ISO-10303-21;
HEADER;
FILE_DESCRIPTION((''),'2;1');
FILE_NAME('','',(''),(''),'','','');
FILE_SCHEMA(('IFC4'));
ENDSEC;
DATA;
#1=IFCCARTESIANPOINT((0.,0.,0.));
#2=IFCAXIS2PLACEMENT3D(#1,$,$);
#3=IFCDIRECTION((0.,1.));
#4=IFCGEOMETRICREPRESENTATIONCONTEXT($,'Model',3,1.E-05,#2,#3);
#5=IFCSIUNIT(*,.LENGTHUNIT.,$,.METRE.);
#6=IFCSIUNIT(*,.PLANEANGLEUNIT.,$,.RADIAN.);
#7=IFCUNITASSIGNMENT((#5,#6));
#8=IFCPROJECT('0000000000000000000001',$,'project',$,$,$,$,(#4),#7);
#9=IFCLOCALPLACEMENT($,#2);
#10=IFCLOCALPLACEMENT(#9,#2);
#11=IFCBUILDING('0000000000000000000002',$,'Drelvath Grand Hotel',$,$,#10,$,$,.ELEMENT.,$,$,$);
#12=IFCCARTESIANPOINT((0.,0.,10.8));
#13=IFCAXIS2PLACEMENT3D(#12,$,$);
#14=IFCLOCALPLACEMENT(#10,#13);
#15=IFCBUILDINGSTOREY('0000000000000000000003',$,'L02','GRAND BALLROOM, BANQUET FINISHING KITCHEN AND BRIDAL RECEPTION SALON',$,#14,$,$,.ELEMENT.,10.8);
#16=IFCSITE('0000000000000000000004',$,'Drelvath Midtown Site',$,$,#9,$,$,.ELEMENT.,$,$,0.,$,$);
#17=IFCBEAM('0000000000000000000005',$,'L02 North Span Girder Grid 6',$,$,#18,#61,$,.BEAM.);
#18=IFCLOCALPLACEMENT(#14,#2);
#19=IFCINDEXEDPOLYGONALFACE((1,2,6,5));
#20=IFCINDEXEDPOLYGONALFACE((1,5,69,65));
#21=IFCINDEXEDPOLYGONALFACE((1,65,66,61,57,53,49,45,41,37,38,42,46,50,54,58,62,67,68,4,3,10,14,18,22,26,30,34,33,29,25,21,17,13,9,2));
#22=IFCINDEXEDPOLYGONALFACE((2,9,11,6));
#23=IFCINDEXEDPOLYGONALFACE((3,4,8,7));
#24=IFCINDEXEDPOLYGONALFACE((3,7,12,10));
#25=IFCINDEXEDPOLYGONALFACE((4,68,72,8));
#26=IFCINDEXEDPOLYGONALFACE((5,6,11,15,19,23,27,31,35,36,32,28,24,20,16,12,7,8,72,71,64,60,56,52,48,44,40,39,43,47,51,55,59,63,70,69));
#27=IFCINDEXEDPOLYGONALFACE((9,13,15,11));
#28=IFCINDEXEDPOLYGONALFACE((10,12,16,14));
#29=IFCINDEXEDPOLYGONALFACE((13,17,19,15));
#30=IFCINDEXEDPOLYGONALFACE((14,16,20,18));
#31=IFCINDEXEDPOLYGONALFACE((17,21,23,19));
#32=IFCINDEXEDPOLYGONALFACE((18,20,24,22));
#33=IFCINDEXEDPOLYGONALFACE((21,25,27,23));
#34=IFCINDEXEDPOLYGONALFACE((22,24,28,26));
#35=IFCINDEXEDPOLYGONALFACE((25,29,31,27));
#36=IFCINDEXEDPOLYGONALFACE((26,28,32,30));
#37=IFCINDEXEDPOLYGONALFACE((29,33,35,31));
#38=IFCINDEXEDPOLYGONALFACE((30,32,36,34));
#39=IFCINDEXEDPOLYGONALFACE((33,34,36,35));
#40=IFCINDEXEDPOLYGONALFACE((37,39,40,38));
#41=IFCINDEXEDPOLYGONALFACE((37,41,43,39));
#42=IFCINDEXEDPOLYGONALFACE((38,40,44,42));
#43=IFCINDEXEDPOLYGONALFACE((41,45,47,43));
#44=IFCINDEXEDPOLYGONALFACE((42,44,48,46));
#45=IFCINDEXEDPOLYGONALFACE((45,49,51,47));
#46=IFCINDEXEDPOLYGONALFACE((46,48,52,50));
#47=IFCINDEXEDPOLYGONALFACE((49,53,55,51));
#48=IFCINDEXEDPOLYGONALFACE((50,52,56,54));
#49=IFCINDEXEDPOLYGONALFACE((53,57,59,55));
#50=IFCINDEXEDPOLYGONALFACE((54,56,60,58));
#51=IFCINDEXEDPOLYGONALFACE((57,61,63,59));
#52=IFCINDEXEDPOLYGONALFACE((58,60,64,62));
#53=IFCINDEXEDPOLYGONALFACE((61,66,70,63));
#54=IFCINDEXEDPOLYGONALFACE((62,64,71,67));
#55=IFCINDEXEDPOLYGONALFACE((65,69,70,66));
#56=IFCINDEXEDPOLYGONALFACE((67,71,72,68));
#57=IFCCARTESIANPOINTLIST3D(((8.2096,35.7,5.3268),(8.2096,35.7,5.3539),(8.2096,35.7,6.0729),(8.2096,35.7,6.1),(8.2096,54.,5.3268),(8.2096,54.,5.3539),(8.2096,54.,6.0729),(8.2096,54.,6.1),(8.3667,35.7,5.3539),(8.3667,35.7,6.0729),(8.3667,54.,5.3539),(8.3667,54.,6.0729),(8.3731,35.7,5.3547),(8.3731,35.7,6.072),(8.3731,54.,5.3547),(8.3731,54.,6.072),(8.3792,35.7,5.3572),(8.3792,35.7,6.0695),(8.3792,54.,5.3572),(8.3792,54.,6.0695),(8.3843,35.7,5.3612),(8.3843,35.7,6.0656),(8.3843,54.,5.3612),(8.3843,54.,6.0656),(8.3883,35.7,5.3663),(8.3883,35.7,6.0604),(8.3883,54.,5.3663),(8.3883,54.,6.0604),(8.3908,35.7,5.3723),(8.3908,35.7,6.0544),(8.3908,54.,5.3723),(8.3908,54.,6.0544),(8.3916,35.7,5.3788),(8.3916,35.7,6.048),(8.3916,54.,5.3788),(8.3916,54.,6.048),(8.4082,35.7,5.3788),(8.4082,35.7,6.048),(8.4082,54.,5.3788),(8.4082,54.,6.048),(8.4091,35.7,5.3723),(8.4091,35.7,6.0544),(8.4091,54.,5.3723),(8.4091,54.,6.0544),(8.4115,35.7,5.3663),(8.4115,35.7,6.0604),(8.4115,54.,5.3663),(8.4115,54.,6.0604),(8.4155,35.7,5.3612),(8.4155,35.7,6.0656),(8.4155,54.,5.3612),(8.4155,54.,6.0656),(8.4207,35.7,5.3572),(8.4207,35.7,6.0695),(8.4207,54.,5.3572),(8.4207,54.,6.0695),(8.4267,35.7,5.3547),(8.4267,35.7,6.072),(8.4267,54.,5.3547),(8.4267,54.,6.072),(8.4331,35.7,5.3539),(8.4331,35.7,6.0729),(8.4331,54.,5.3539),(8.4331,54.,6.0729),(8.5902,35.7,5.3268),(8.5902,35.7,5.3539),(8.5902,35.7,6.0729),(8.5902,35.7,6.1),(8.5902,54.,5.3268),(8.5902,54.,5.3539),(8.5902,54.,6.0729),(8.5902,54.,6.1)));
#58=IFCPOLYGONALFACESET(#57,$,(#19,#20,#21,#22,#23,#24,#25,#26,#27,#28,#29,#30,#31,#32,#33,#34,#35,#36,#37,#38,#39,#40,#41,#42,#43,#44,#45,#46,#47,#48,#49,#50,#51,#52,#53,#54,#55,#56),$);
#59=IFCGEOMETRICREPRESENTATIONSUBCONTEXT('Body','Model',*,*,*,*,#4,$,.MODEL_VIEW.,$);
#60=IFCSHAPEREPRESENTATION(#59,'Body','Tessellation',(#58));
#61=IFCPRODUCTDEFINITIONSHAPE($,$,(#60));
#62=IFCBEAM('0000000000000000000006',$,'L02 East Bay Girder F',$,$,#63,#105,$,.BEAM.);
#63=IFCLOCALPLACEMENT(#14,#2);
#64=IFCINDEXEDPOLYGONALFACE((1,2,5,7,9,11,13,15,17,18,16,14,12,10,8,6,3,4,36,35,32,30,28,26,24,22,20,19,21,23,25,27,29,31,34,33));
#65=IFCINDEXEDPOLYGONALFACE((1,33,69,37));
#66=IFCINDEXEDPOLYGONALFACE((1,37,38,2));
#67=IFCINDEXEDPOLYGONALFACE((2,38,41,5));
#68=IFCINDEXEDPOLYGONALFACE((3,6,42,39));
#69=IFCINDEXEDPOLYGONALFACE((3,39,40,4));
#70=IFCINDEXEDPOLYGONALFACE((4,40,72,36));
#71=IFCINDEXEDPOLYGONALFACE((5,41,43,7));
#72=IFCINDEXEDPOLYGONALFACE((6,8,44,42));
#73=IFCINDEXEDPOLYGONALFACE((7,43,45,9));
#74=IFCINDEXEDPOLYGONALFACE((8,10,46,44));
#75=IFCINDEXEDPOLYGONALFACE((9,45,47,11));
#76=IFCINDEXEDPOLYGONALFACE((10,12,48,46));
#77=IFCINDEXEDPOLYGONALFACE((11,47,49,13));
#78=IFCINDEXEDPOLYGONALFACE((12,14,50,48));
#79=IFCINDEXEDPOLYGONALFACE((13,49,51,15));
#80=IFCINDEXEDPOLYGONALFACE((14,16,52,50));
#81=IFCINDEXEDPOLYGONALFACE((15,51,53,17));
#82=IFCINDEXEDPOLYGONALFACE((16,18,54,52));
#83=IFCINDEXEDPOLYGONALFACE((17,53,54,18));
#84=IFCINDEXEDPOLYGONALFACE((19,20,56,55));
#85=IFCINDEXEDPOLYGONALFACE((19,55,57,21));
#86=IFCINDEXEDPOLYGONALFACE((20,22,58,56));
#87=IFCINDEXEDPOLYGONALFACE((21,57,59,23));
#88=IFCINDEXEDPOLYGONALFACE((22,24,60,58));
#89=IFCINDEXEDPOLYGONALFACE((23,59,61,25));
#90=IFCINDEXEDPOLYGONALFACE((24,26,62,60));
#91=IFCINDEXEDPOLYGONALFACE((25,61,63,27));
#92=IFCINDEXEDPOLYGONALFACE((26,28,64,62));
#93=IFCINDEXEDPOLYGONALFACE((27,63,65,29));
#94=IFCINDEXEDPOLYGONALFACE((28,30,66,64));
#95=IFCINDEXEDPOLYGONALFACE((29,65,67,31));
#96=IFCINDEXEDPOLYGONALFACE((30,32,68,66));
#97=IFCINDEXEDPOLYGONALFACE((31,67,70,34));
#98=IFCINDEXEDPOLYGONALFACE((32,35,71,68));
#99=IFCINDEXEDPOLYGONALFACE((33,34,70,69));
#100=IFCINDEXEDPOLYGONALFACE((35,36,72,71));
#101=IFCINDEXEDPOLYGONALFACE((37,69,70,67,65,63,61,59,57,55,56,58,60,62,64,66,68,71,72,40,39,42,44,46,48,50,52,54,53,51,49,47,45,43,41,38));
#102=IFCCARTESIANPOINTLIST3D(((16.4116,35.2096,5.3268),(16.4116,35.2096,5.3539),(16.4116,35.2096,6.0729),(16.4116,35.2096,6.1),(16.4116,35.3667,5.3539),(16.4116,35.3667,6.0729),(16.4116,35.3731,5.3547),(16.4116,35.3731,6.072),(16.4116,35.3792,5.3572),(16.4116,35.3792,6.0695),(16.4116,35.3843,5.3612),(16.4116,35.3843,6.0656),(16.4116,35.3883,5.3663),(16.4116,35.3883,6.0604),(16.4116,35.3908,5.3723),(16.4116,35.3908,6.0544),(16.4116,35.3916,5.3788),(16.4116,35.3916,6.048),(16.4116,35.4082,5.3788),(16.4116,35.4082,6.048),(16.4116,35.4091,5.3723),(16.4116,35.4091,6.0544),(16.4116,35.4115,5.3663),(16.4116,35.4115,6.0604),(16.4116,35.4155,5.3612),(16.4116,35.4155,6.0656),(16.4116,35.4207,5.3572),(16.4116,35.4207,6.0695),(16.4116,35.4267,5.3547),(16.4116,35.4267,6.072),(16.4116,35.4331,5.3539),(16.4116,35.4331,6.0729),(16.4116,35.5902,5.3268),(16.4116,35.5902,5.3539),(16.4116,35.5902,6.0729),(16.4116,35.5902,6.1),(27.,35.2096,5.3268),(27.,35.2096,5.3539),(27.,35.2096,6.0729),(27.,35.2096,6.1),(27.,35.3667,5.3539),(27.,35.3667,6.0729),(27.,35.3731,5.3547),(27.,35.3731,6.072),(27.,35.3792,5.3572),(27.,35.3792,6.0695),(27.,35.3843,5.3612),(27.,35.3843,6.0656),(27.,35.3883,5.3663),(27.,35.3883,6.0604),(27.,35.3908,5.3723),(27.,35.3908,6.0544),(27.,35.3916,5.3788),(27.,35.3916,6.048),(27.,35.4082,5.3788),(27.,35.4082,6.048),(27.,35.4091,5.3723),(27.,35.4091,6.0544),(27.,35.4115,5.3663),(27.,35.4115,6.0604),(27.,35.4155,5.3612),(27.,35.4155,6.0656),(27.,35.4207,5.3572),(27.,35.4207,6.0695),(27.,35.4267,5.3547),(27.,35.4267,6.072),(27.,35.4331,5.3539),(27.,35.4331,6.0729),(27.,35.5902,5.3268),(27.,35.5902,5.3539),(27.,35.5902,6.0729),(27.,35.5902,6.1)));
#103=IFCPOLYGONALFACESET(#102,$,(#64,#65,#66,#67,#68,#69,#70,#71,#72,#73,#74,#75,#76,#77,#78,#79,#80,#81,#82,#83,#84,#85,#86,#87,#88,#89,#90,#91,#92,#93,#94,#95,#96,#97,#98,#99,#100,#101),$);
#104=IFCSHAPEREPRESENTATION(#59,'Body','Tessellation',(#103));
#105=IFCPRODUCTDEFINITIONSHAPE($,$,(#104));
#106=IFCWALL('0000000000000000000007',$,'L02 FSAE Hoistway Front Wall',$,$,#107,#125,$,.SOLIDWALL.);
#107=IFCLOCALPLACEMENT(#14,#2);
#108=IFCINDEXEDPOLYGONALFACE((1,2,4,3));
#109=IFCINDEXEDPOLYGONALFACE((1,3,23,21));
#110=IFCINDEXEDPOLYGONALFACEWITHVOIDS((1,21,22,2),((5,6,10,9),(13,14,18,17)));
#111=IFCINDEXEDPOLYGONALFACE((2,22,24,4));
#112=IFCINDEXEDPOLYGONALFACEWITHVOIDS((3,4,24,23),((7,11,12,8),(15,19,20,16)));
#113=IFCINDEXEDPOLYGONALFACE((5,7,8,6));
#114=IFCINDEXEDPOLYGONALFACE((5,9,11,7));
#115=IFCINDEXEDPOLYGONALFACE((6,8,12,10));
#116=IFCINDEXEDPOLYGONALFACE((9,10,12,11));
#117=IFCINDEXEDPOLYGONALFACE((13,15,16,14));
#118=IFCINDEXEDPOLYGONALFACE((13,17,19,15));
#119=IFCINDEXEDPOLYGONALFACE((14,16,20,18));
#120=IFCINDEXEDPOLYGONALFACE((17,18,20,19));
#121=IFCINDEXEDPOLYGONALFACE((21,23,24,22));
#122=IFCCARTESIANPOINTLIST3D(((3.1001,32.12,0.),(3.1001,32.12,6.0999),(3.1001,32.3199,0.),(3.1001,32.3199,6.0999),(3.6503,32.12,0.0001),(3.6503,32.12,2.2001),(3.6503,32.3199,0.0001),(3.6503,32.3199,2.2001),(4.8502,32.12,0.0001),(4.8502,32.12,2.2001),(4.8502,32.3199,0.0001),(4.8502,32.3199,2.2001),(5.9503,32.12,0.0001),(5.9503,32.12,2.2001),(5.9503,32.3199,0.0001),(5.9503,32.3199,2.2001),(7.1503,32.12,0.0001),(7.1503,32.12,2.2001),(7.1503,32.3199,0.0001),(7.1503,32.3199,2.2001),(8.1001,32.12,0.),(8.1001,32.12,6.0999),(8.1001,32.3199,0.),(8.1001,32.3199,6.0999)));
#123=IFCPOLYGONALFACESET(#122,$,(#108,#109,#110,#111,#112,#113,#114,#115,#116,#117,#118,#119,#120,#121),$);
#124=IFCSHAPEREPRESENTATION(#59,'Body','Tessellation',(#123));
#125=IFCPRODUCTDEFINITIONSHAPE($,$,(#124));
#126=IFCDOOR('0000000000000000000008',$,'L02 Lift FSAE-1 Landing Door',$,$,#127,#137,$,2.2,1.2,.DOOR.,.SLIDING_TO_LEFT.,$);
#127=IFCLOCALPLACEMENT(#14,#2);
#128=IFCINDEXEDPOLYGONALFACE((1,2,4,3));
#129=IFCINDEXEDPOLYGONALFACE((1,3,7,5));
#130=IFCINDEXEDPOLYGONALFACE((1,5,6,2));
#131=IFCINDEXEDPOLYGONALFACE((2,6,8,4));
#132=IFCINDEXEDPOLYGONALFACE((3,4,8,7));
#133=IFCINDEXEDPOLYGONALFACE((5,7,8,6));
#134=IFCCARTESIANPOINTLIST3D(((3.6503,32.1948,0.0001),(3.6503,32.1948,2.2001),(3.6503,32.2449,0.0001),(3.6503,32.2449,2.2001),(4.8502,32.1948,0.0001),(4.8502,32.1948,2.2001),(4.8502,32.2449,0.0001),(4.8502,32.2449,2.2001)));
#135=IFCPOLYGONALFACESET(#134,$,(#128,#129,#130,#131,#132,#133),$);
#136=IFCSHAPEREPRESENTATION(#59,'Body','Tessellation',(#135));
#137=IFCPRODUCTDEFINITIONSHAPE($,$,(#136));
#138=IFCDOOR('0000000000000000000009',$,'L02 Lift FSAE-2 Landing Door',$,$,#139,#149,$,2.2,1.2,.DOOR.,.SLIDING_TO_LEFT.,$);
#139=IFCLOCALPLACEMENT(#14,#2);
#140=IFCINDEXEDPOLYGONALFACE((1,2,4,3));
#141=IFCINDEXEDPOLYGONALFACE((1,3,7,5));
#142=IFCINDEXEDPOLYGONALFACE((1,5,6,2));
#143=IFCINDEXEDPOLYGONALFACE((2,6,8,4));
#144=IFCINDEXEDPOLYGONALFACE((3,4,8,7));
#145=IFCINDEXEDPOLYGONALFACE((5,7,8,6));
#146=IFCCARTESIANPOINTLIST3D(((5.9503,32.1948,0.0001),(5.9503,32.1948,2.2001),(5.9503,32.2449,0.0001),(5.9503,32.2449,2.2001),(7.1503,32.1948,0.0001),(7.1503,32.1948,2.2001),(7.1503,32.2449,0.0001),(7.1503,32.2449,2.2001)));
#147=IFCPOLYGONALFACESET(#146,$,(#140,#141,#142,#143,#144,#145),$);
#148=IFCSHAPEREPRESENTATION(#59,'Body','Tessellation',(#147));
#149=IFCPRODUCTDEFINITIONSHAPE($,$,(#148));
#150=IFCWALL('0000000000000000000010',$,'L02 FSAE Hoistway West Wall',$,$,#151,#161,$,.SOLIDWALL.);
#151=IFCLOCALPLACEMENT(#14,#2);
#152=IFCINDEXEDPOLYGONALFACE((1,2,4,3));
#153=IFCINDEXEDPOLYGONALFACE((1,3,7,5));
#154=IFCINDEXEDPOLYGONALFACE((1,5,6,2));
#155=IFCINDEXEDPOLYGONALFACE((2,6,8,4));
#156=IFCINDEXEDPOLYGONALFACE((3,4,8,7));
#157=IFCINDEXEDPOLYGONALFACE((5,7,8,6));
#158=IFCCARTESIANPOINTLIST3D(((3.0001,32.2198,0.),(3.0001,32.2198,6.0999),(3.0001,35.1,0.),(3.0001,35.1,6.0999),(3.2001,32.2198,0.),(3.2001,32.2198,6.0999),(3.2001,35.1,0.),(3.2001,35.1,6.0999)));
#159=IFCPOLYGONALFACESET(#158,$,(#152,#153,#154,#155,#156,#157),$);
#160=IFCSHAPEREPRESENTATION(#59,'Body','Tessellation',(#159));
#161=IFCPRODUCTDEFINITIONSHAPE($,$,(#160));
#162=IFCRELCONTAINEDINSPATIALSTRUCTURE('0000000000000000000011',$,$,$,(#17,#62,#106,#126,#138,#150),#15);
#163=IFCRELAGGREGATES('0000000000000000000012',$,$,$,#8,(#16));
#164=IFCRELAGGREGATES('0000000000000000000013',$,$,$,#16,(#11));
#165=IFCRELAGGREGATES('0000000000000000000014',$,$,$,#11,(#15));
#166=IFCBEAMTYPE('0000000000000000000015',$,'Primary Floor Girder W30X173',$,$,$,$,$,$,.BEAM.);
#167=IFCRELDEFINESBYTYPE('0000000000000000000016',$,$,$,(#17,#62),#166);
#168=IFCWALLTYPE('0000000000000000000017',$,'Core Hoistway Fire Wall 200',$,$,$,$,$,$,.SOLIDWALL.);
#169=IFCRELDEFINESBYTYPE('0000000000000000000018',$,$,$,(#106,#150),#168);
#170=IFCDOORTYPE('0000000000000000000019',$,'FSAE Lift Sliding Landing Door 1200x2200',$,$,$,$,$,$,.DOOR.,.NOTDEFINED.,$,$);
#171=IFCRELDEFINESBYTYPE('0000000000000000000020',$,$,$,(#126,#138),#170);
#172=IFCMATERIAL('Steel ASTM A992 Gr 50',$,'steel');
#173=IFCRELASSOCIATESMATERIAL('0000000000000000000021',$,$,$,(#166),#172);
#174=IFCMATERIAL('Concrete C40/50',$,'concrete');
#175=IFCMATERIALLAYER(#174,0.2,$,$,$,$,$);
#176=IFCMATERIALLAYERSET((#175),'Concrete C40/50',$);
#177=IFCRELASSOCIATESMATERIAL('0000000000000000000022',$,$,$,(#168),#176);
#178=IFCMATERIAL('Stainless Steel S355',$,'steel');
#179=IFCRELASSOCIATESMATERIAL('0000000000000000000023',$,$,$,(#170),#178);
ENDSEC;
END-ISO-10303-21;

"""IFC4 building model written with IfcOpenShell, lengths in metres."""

from ifc_helpers import new_model, si_unit, direction, frame, frame_2d, origin, origin_2d, place, context, subcontext, project, spatial, rectangle, i_section, extrude, material, layer, layer_set, material_profile, profile_set, type_object, element, fill, save


model = new_model("IFC4")

# Units and contexts
model_context = context("Model", 3, precision=1e-05, world=origin(), true_north=direction((0.0, 1.0)))
body_context = subcontext(model_context, "Body", "Model", "MODEL_VIEW")
ifc_project = project(units=[si_unit("LENGTHUNIT", "METRE"), si_unit("PLANEANGLEUNIT", "RADIAN")], contexts=[model_context])

# Site, building, storey
site_placement = place(None, origin())
site = spatial("IfcSite", under=ifc_project, at=site_placement, Name="Drelvath Midtown Site", CompositionType="ELEMENT", RefElevation=0.0)
building_placement = place(site_placement, origin())
building = spatial("IfcBuilding", under=site, at=building_placement, Name="Drelvath Grand Hotel", CompositionType="ELEMENT")
storey_placement = place(building_placement, frame((0.0, 0.0, 10.8)))
storey = spatial("IfcBuildingStorey", under=building, at=storey_placement, Name="L02", Description="GRAND BALLROOM, BANQUET FINISHING KITCHEN AND BRIDAL RECEPTION SALON", CompositionType="ELEMENT", Elevation=10.8)

# Beams
ifc_material_1 = material(Name="Steel ASTM A992 Gr 50", Category="steel")
ifc_material_profile_1 = material_profile(ifc_material_1, i_section(OverallWidth=0.3806, OverallDepth=0.7732, WebThickness=0.0166, FlangeThickness=0.0271, FilletRadius=0.0249, at=origin_2d()), Name="W30X173")
ifc_profile_set_1 = profile_set([ifc_material_profile_1], Name="Steel ASTM A992 Gr 50")
beam_type_1 = type_object("IfcBeamType", Name="Primary Floor Girder W30X173", PredefinedType="BEAM", material=ifc_profile_set_1)
beam_1_placement = place(storey_placement, frame((8.3999, 35.7, 5.7134), z_axis=(0.0, 1.0, 0.0), x_axis=(-1.0, 0.0, 0.0)))
element("IfcBeam", 1, at=beam_1_placement, inside=storey, type_object=beam_type_1, Name="L02 North Span Girder Grid 6", PredefinedType="BEAM", context=body_context, shape_type="SweptSolid", body=[
    extrude(i_section(OverallWidth=0.3806, OverallDepth=0.7732, WebThickness=0.0166, FlangeThickness=0.0271, FilletRadius=0.0249, at=origin_2d()), origin(), (0.0, 0.0, 1.0), 18.3),
])
beam_2_placement = place(storey_placement, frame((16.4116, 35.3999, 5.7134), z_axis=(1.0, 0.0, 0.0), x_axis=(0.0, 1.0, 0.0)))
element("IfcBeam", 2, at=beam_2_placement, inside=storey, type_object=beam_type_1, Name="L02 East Bay Girder F", PredefinedType="BEAM", context=body_context, shape_type="SweptSolid", body=[
    extrude(i_section(OverallWidth=0.3806, OverallDepth=0.7732, WebThickness=0.0166, FlangeThickness=0.0271, FilletRadius=0.0249, at=origin_2d()), origin(), (0.0, 0.0, 1.0), 10.5884),
])

# Wall, openings, doors
ifc_material_2 = material(Name="Concrete C40/50", Category="concrete")
ifc_layer_1 = layer(ifc_material_2, 0.2)
ifc_layer_set_1 = layer_set([ifc_layer_1], Name="Concrete C40/50")
wall_type_1 = type_object("IfcWallType", Name="Core Hoistway Fire Wall 200", PredefinedType="SOLIDWALL", material=ifc_layer_set_1)
wall_1_placement = place(storey_placement, frame((3.1001, 32.22, 0.0), z_axis=(0.0, 0.0, 1.0), x_axis=(1.0, 0.0, 0.0)))
wall_1 = element("IfcWall", 3, at=wall_1_placement, inside=storey, type_object=wall_type_1, Name="L02 FSAE Hoistway Front Wall", PredefinedType="SOLIDWALL", context=body_context, shape_type="SweptSolid", body=[
    extrude(rectangle(XDim=5.0, YDim=0.2, at=frame_2d((2.5, 0.0))), origin(), (0.0, 0.0, 1.0), 6.0999),
])
opening_1_placement = place(wall_1_placement, frame((0.55, 0.0, 0.0)))
opening_1 = element("IfcOpeningElement", 4, at=opening_1_placement, cuts=wall_1, PredefinedType="OPENING", context=body_context, shape_type="SweptSolid", body=[
    extrude(rectangle(XDim=1.2, YDim=2.2, at=frame_2d((0.6001, 1.1001))), frame((0.0, 0.1099, 0.0), z_axis=(0.0, -1.0, 0.0), x_axis=(1.0, 0.0, 0.0)), (0.0, 0.0, 1.0), 0.22),
])
opening_2_placement = place(wall_1_placement, frame((2.8501, 0.0, 0.0)))
opening_2 = element("IfcOpeningElement", 5, at=opening_2_placement, cuts=wall_1, PredefinedType="OPENING", context=body_context, shape_type="SweptSolid", body=[
    extrude(rectangle(XDim=1.2, YDim=2.2, at=frame_2d((0.6001, 1.1001))), frame((0.0, 0.1099, 0.0), z_axis=(0.0, -1.0, 0.0), x_axis=(1.0, 0.0, 0.0)), (0.0, 0.0, 1.0), 0.22),
])
ifc_material_3 = material(Name="Stainless Steel S355", Category="steel")
door_type_1 = type_object("IfcDoorType", Name="FSAE Lift Sliding Landing Door 1200x2200", OperationType="NOTDEFINED", PredefinedType="DOOR", material=ifc_material_3)
door_1_placement = place(opening_1_placement, origin())
door_1 = element("IfcDoor", 6, at=door_1_placement, inside=storey, type_object=door_type_1, Name="L02 Lift FSAE-1 Landing Door", OperationType="SLIDING_TO_LEFT", OverallHeight=2.2, OverallWidth=1.2, PredefinedType="DOOR", context=body_context, shape_type="SweptSolid", body=[
    extrude(rectangle(XDim=1.2, YDim=2.2, at=frame_2d((0.6001, 1.1001))), frame((0.0, 0.0249, 0.0), z_axis=(0.0, -1.0, 0.0), x_axis=(1.0, 0.0, 0.0)), (0.0, 0.0, 1.0), 0.05),
])
fill(opening_1, door_1)
door_2_placement = place(opening_2_placement, origin())
door_2 = element("IfcDoor", 7, at=door_2_placement, inside=storey, type_object=door_type_1, Name="L02 Lift FSAE-2 Landing Door", OperationType="SLIDING_TO_LEFT", OverallHeight=2.2, OverallWidth=1.2, PredefinedType="DOOR", context=body_context, shape_type="SweptSolid", body=[
    extrude(rectangle(XDim=1.2, YDim=2.2, at=frame_2d((0.6001, 1.1001))), frame((0.0, 0.0249, 0.0), z_axis=(0.0, -1.0, 0.0), x_axis=(1.0, 0.0, 0.0)), (0.0, 0.0, 1.0), 0.05),
])
fill(opening_2, door_2)

# Wall
wall_2_placement = place(storey_placement, frame((3.1001, 32.22, 0.0), z_axis=(0.0, 0.0, 1.0), x_axis=(0.0, 1.0, 0.0)))
element("IfcWall", 8, at=wall_2_placement, inside=storey, type_object=wall_type_1, Name="L02 FSAE Hoistway West Wall", PredefinedType="SOLIDWALL", context=body_context, shape_type="SweptSolid", body=[
    extrude(rectangle(XDim=2.8801, YDim=0.2, at=frame_2d((1.4399, 0.0))), origin(), (0.0, 0.0, 1.0), 6.0999),
])

save(model, "model.ifc")
